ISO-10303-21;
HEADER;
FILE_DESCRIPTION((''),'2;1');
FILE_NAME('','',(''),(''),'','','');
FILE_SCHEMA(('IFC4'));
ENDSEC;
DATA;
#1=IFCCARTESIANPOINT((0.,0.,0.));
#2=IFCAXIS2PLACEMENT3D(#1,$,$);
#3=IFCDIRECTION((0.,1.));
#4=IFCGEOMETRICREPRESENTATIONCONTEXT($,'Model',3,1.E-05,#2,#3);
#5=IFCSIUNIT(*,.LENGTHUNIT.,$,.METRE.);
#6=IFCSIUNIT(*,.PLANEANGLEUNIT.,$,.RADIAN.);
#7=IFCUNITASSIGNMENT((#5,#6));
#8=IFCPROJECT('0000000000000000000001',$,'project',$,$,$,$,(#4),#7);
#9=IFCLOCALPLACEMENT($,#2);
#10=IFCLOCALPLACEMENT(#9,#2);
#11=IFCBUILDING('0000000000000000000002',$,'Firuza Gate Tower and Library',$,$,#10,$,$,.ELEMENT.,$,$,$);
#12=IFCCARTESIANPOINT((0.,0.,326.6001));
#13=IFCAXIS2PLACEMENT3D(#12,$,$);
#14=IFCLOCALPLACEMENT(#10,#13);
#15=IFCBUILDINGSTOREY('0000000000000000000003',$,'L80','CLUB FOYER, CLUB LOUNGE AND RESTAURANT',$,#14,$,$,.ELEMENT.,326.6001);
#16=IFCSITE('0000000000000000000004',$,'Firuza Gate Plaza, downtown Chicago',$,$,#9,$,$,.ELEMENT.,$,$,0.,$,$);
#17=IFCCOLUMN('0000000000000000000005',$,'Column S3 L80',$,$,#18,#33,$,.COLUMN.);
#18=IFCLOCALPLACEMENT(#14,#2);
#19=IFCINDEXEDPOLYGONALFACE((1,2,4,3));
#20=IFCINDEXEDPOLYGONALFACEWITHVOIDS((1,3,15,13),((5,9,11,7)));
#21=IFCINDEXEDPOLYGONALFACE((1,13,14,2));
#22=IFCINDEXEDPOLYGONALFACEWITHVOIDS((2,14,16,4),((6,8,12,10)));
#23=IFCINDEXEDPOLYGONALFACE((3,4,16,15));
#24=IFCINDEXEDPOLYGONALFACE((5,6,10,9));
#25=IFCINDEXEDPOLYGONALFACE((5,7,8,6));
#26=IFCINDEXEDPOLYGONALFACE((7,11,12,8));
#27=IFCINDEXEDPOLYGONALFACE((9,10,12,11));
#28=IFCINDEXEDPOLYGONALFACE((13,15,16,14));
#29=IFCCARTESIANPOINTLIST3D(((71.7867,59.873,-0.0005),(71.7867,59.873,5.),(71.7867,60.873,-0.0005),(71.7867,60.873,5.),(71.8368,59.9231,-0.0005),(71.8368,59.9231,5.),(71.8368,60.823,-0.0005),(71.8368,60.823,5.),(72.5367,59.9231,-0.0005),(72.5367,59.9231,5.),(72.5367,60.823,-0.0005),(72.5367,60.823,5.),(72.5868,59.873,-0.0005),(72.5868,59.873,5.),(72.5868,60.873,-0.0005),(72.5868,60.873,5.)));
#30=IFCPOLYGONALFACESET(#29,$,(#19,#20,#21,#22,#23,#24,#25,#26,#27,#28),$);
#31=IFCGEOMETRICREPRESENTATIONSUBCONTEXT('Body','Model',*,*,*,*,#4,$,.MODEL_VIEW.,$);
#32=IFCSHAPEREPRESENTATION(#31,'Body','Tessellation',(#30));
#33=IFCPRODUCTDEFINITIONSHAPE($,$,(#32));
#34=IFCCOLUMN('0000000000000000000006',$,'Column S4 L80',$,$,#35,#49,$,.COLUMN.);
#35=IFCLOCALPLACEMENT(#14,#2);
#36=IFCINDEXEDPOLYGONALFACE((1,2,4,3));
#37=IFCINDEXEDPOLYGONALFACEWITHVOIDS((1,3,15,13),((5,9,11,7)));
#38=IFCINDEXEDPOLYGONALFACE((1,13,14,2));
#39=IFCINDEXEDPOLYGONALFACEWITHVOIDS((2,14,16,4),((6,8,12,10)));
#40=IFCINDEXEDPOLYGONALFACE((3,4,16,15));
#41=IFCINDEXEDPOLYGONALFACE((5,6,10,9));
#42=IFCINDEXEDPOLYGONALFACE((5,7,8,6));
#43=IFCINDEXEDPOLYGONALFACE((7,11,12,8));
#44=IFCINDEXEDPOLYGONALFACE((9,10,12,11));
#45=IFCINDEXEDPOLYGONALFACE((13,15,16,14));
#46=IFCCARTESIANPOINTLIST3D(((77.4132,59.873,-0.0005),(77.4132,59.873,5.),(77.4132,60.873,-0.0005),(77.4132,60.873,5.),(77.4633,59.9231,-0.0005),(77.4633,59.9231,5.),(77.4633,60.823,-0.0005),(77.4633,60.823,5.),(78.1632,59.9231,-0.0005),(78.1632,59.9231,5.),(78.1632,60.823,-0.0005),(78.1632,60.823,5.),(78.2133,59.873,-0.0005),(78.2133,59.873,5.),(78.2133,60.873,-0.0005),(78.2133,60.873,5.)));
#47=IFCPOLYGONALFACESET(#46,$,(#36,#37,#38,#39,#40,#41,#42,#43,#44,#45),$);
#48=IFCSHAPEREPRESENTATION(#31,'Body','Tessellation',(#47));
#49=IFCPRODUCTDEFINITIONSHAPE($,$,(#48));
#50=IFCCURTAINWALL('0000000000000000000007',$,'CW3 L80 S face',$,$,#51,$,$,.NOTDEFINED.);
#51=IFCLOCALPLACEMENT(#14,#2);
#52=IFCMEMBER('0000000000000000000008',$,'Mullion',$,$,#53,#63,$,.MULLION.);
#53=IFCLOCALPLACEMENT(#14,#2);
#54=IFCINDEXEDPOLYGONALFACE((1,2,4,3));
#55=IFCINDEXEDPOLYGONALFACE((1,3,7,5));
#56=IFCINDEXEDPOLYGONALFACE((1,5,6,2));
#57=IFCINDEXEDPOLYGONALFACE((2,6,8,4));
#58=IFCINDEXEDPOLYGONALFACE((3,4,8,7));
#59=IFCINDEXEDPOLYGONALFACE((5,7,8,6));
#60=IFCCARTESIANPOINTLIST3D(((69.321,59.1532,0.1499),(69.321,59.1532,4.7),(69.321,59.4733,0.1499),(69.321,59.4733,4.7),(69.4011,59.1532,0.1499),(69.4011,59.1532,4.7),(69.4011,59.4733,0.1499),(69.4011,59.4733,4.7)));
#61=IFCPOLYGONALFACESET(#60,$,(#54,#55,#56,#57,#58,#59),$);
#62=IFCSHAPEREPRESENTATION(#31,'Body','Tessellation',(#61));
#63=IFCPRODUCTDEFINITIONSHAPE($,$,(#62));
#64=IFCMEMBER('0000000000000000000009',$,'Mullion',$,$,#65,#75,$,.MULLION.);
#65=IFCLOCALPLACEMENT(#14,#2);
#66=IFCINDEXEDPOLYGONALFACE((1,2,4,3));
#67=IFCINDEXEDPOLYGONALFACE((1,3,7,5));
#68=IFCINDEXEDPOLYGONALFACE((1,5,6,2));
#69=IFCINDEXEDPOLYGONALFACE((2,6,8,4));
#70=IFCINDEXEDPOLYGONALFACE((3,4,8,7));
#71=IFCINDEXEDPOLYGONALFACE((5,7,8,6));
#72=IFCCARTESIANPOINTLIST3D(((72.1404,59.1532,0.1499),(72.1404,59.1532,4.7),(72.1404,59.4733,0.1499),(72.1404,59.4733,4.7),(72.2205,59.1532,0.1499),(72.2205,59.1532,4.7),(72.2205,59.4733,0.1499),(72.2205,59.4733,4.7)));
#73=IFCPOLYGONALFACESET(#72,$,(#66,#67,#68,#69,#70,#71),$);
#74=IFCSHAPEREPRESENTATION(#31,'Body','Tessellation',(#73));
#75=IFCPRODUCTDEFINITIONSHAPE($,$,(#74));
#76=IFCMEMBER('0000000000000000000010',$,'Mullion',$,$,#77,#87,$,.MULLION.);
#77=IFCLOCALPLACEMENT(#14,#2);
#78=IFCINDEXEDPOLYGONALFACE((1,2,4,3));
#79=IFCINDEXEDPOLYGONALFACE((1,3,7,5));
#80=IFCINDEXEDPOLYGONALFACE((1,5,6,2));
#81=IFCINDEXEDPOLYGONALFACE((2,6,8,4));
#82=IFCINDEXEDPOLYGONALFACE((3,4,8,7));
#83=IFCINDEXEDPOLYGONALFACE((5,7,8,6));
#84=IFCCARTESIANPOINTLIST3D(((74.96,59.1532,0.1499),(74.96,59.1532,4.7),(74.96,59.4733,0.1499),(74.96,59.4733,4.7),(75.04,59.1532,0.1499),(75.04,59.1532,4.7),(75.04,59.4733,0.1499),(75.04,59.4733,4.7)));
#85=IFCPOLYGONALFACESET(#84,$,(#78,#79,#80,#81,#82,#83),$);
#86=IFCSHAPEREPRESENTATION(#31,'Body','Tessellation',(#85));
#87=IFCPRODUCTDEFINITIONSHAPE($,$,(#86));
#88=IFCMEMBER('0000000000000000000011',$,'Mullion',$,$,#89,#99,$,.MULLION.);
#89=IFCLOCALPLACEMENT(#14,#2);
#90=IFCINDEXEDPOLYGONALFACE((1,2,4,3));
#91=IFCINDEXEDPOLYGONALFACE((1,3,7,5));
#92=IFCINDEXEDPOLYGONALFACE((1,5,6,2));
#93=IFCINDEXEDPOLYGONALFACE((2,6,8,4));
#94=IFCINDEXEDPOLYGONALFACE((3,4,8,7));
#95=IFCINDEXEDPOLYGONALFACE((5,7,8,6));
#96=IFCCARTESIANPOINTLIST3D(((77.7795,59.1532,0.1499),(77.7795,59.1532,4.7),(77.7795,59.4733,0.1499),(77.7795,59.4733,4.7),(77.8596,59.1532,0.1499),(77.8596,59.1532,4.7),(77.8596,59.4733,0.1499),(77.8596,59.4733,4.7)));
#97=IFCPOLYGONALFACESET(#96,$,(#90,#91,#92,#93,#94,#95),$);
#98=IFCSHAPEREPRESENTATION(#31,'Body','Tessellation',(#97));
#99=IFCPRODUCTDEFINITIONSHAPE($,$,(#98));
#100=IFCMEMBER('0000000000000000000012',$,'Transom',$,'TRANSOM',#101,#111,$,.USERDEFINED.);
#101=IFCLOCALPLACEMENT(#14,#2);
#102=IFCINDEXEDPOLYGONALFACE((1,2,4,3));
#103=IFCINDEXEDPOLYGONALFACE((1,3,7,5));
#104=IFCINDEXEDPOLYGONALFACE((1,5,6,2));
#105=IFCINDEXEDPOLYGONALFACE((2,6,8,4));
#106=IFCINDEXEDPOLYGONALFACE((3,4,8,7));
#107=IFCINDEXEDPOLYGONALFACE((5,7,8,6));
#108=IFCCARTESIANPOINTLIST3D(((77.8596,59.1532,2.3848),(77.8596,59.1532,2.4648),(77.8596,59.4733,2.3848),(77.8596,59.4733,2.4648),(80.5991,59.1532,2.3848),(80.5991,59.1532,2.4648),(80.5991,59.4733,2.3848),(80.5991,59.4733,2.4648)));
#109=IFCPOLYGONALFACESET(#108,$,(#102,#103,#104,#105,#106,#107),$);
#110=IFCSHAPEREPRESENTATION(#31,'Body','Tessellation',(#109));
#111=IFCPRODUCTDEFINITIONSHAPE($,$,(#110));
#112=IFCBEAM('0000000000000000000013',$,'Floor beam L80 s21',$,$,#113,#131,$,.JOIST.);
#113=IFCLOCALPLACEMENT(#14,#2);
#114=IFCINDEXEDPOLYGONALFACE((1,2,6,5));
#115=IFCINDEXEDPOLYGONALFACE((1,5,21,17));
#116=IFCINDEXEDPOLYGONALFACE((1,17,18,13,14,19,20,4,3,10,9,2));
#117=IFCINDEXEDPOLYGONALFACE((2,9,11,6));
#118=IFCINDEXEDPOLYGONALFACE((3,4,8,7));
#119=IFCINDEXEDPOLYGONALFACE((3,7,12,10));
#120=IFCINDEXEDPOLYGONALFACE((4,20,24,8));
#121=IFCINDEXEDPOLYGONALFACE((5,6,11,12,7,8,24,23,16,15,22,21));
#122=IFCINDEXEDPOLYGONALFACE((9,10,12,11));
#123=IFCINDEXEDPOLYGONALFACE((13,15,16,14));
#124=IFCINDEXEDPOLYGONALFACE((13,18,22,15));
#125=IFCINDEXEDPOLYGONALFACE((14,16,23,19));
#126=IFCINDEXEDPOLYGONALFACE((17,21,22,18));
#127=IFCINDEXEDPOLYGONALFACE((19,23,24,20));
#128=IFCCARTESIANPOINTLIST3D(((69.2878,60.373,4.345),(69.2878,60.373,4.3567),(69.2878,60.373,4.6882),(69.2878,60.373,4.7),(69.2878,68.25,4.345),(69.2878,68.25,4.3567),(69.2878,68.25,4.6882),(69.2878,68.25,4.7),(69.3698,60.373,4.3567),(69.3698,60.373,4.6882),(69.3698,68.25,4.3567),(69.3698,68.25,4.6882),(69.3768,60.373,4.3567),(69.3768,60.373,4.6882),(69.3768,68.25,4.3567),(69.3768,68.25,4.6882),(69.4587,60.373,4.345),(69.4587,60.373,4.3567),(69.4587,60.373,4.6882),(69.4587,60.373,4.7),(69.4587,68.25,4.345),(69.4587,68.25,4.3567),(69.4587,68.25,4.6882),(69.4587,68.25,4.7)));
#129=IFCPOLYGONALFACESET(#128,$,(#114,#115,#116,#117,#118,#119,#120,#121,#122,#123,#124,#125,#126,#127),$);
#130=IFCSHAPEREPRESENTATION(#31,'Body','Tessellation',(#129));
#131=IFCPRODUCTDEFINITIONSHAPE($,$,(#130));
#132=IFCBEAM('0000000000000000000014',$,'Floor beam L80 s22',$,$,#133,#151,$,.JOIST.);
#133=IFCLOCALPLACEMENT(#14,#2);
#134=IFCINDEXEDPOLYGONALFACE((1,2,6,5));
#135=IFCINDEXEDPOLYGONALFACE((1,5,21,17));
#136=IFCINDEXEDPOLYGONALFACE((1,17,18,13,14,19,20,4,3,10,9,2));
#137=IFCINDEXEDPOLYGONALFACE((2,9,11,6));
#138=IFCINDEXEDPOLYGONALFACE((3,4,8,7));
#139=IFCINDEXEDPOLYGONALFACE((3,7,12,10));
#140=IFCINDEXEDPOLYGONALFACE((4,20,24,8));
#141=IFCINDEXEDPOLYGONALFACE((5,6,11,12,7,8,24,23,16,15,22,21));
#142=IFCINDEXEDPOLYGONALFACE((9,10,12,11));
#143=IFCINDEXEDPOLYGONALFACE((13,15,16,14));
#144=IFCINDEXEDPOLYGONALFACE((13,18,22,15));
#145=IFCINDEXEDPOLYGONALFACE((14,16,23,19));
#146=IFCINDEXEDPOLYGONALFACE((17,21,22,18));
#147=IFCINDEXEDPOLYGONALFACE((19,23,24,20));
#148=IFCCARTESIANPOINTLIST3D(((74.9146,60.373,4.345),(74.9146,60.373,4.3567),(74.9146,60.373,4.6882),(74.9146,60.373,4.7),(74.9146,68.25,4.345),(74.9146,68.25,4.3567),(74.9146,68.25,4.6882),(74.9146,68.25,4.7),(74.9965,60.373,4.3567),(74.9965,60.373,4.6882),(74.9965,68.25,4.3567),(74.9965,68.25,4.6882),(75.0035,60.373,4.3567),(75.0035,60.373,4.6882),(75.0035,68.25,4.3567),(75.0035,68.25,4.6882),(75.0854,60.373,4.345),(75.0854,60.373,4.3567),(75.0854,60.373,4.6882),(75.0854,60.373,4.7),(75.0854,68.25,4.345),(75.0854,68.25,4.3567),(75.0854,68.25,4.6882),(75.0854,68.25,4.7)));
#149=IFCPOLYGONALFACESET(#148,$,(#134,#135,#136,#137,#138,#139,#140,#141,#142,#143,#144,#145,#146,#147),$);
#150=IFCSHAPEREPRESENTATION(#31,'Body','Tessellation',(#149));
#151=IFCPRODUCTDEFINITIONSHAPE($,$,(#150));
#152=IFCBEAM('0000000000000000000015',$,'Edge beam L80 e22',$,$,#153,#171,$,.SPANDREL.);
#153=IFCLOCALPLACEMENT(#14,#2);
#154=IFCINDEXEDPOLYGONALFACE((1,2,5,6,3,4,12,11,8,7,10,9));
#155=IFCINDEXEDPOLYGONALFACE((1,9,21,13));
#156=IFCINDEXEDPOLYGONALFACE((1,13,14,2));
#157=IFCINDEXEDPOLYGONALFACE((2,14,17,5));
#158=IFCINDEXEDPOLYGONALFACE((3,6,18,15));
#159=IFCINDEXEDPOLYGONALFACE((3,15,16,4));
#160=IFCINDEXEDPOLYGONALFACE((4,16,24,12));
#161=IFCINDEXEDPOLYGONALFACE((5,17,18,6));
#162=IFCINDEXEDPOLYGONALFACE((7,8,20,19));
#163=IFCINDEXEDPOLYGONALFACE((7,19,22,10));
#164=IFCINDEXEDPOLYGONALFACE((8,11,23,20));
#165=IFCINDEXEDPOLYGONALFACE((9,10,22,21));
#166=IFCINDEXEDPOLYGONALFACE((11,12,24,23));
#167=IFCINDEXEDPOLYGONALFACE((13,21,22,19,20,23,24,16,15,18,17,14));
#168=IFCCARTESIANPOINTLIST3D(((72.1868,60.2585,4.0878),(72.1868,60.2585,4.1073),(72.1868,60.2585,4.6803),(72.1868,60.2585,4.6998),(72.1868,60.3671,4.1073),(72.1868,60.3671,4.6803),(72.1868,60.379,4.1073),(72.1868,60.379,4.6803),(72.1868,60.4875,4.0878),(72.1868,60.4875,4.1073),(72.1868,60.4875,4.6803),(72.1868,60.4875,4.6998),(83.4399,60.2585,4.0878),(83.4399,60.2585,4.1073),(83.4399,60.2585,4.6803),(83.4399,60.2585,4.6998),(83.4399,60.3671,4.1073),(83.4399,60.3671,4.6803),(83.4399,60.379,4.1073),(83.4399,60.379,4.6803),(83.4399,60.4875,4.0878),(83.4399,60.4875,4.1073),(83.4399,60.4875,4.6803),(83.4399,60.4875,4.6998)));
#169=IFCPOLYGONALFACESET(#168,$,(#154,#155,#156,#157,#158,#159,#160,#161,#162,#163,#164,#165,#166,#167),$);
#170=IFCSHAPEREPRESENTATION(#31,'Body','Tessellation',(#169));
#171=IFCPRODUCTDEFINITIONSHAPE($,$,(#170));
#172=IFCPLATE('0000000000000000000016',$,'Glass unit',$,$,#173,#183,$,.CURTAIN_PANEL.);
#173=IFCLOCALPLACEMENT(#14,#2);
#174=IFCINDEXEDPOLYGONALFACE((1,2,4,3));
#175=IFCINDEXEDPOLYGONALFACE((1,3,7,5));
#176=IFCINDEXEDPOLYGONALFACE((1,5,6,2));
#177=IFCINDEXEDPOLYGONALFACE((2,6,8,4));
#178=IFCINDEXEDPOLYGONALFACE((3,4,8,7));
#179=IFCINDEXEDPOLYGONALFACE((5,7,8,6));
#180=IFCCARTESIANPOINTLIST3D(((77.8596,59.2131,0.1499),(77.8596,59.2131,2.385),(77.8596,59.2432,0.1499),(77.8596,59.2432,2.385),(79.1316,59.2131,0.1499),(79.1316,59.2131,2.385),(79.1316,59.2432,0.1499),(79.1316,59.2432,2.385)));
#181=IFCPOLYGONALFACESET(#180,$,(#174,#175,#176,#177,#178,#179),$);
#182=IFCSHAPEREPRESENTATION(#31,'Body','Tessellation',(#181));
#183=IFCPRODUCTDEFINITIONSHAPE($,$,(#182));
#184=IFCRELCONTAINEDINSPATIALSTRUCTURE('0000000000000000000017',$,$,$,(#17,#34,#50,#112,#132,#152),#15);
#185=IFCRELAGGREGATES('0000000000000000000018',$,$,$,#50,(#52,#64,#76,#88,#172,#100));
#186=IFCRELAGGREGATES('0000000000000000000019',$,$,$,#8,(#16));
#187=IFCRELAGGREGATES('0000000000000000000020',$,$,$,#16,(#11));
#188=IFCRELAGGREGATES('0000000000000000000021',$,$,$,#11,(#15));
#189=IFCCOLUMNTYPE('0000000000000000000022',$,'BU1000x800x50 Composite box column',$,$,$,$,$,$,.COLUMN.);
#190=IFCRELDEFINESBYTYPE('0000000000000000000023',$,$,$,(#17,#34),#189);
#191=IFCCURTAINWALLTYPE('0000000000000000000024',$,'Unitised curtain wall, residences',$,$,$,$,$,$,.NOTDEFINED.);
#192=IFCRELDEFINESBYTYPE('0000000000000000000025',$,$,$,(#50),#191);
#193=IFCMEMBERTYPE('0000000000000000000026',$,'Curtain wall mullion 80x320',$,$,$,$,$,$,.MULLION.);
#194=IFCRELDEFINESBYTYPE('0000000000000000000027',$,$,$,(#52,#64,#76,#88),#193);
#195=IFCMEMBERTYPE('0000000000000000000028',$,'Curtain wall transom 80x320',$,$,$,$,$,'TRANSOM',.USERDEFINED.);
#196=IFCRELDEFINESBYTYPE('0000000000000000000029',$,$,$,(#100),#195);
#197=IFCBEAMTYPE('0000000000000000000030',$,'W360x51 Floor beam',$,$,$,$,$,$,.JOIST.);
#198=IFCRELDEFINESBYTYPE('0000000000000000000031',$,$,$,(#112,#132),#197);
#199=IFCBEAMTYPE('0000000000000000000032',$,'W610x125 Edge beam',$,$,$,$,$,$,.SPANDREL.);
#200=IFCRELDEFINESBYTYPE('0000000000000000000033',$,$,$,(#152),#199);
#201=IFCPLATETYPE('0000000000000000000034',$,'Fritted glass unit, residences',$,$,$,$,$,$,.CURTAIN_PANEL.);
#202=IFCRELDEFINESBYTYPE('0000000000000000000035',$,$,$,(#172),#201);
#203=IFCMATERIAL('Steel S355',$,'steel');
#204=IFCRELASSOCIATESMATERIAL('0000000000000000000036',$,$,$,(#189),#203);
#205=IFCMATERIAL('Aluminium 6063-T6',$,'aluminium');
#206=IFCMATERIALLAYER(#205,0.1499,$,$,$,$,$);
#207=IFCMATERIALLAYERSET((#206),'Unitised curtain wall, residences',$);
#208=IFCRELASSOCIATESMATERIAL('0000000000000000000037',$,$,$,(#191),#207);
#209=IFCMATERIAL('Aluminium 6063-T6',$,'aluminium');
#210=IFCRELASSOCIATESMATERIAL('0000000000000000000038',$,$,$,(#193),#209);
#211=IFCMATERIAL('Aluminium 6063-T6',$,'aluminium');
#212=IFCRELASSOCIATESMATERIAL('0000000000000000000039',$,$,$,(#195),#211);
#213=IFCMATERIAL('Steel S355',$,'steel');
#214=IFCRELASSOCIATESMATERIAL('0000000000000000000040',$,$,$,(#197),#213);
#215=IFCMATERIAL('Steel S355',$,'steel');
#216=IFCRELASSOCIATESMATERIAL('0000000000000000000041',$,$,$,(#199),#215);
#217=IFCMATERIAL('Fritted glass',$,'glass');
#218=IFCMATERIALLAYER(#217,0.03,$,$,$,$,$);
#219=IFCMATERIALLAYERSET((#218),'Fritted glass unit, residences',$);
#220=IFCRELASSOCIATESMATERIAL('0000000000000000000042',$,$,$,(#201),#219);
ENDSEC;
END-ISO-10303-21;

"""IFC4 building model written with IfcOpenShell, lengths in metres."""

from ifc_helpers import new_model, si_unit, direction, frame, origin, origin_2d, place, context, subcontext, project, spatial, polyline, rectangle, hollow_rectangle, i_section, outline, extrude, material, layer, layer_set, material_profile, profile_set, type_object, element, aggregate, save


model = new_model("IFC4")

# Units and contexts
model_context = context("Model", 3, precision=1e-05, world=origin(), true_north=direction((0.0, 1.0)))
body_context = subcontext(model_context, "Body", "Model", "MODEL_VIEW")
ifc_project = project(units=[si_unit("LENGTHUNIT", "METRE"), si_unit("PLANEANGLEUNIT", "RADIAN")], contexts=[model_context])

# Site, building, storey
site_placement = place(None, origin())
site = spatial("IfcSite", under=ifc_project, at=site_placement, Name="Firuza Gate Plaza, downtown Chicago", CompositionType="ELEMENT", RefElevation=0.0)
building_placement = place(site_placement, origin())
building = spatial("IfcBuilding", under=site, at=building_placement, Name="Firuza Gate Tower and Library", CompositionType="ELEMENT")
storey_placement = place(building_placement, frame((0.0, 0.0, 326.6001)))
storey = spatial("IfcBuildingStorey", under=building, at=storey_placement, Name="L80", Description="CLUB FOYER, CLUB LOUNGE AND RESTAURANT", CompositionType="ELEMENT", Elevation=326.6001)

# Columns
ifc_material_1 = material(Name="Steel S355", Category="steel")
ifc_material_profile_1 = material_profile(ifc_material_1, hollow_rectangle(XDim=0.8, YDim=1.0, WallThickness=0.05, at=origin_2d()))
ifc_profile_set_1 = profile_set([ifc_material_profile_1], Name="Steel S355")
column_type = type_object("IfcColumnType", Name="BU1000x800x50 Composite box column", PredefinedType="COLUMN", material=ifc_profile_set_1)
for number, where, z_axis, x_axis, name in (
    (1, (72.1868, 60.373, -0.0005), (0.0, 0.0, 1.0), (1.0, 0.0, 0.0), "Column S3 L80"),
    (2, (77.8132, 60.373, -0.0005), (0.0, 0.0, 1.0), (1.0, 0.0, 0.0), "Column S4 L80"),
):
    element("IfcColumn", number, at=place(storey_placement, frame(where, z_axis=z_axis, x_axis=x_axis)), inside=storey, type_object=column_type, Name=name, PredefinedType="COLUMN", context=body_context, shape_type="SweptSolid", body=[
        extrude(hollow_rectangle(XDim=0.8, YDim=1.0, WallThickness=0.05, at=origin_2d()), origin(), (0.0, 0.0, 1.0), 5.0005),
    ])

# Curtain wall, members
ifc_material_2 = material(Name="Aluminium 6063-T6", Category="aluminium")
ifc_layer_1 = layer(ifc_material_2, 0.1499)
ifc_layer_set_1 = layer_set([ifc_layer_1], Name="Unitised curtain wall, residences")
curtain_wall_type = type_object("IfcCurtainWallType", Name="Unitised curtain wall, residences", PredefinedType="NOTDEFINED", material=ifc_layer_set_1)
curtain_wall_placement = place(storey_placement, origin())
curtain_wall = element("IfcCurtainWall", 3, at=curtain_wall_placement, inside=storey, type_object=curtain_wall_type, Name="CW3 L80 S face", PredefinedType="NOTDEFINED")
ifc_material_3 = material(Name="Aluminium 6063-T6", Category="aluminium")
ifc_material_profile_2 = material_profile(ifc_material_3, rectangle(XDim=0.3201, YDim=0.0801, at=origin_2d()))
ifc_profile_set_2 = profile_set([ifc_material_profile_2], Name="Aluminium 6063-T6")
member_type_1 = type_object("IfcMemberType", Name="Curtain wall mullion 80x320", PredefinedType="MULLION", material=ifc_profile_set_2)
member_1_placement = place(storey_placement, frame((69.3611, 59.3132, 0.1499), z_axis=(0.0, 0.0, 1.0), x_axis=(0.0, 1.0, 0.0)))
member_1 = element("IfcMember", 4, at=member_1_placement, type_object=member_type_1, Name="Mullion", PredefinedType="MULLION", context=body_context, shape_type="SweptSolid", body=[
    extrude(rectangle(XDim=0.3201, YDim=0.0801, at=origin_2d()), origin(), (0.0, 0.0, 1.0), 4.55),
])
member_2_placement = place(storey_placement, frame((72.1804, 59.3132, 0.1499), z_axis=(0.0, 0.0, 1.0), x_axis=(0.0, 1.0, 0.0)))
member_2 = element("IfcMember", 5, at=member_2_placement, type_object=member_type_1, Name="Mullion", PredefinedType="MULLION", context=body_context, shape_type="SweptSolid", body=[
    extrude(rectangle(XDim=0.3201, YDim=0.0801, at=origin_2d()), origin(), (0.0, 0.0, 1.0), 4.55),
])
member_3_placement = place(storey_placement, frame((75.0, 59.3132, 0.1499), z_axis=(0.0, 0.0, 1.0), x_axis=(0.0, 1.0, 0.0)))
member_3 = element("IfcMember", 6, at=member_3_placement, type_object=member_type_1, Name="Mullion", PredefinedType="MULLION", context=body_context, shape_type="SweptSolid", body=[
    extrude(rectangle(XDim=0.3201, YDim=0.0801, at=origin_2d()), origin(), (0.0, 0.0, 1.0), 4.55),
])
member_4_placement = place(storey_placement, frame((77.8196, 59.3132, 0.1499), z_axis=(0.0, 0.0, 1.0), x_axis=(0.0, 1.0, 0.0)))
member_4 = element("IfcMember", 7, at=member_4_placement, type_object=member_type_1, Name="Mullion", PredefinedType="MULLION", context=body_context, shape_type="SweptSolid", body=[
    extrude(rectangle(XDim=0.3201, YDim=0.0801, at=origin_2d()), origin(), (0.0, 0.0, 1.0), 4.55),
])
ifc_material_4 = material(Name="Aluminium 6063-T6", Category="aluminium")
ifc_material_profile_3 = material_profile(ifc_material_4, rectangle(XDim=0.3201, YDim=0.0801, at=origin_2d()))
ifc_profile_set_3 = profile_set([ifc_material_profile_3], Name="Aluminium 6063-T6")
member_type_2 = type_object("IfcMemberType", Name="Curtain wall transom 80x320", ElementType="TRANSOM", PredefinedType="USERDEFINED", material=ifc_profile_set_3)
member_5_placement = place(storey_placement, frame((77.8596, 59.3132, 2.4248), z_axis=(1.0, 0.0, 0.0), x_axis=(0.0, 1.0, 0.0)))
member_5 = element("IfcMember", 8, at=member_5_placement, type_object=member_type_2, Name="Transom", ObjectType="TRANSOM", PredefinedType="USERDEFINED", context=body_context, shape_type="SweptSolid", body=[
    extrude(rectangle(XDim=0.3201, YDim=0.0801, at=origin_2d()), origin(), (0.0, 0.0, 1.0), 2.7395),
])

# Beams
ifc_material_5 = material(Name="Steel S355", Category="steel")
ifc_material_profile_4 = material_profile(ifc_material_5, i_section(OverallWidth=0.1709, OverallDepth=0.355, WebThickness=0.0071, FlangeThickness=0.0117, at=origin_2d()))
ifc_profile_set_4 = profile_set([ifc_material_profile_4], Name="Steel S355")
beam_type_1 = type_object("IfcBeamType", Name="W360x51 Floor beam", PredefinedType="JOIST", material=ifc_profile_set_4)
for number, where, z_axis, x_axis, name in (
    (9, (69.3733, 60.373, 4.5225), (0.0, 1.0, 0.0), (-1.0, 0.0, 0.0), "Floor beam L80 s21"),
    (10, (75.0, 60.373, 4.5225), (0.0, 1.0, 0.0), (-1.0, 0.0, 0.0), "Floor beam L80 s22"),
):
    element("IfcBeam", number, at=place(storey_placement, frame(where, z_axis=z_axis, x_axis=x_axis)), inside=storey, type_object=beam_type_1, Name=name, PredefinedType="JOIST", context=body_context, shape_type="SweptSolid", body=[
        extrude(i_section(OverallWidth=0.1709, OverallDepth=0.355, WebThickness=0.0071, FlangeThickness=0.0117, at=origin_2d()), origin(), (0.0, 0.0, 1.0), 7.877),
    ])
ifc_material_6 = material(Name="Steel S355", Category="steel")
ifc_material_profile_5 = material_profile(ifc_material_6, i_section(OverallWidth=0.229, OverallDepth=0.6121, WebThickness=0.012, FlangeThickness=0.0195, at=origin_2d()))
ifc_profile_set_5 = profile_set([ifc_material_profile_5], Name="Steel S355")
beam_type_2 = type_object("IfcBeamType", Name="W610x125 Edge beam", PredefinedType="SPANDREL", material=ifc_profile_set_5)
beam_placement = place(storey_placement, frame((72.1868, 60.373, 4.3938), z_axis=(1.0, 0.0, 0.0), x_axis=(0.0, 1.0, 0.0)))
element("IfcBeam", 11, at=beam_placement, inside=storey, type_object=beam_type_2, Name="Edge beam L80 e22", PredefinedType="SPANDREL", context=body_context, shape_type="SweptSolid", body=[
    extrude(i_section(OverallWidth=0.229, OverallDepth=0.6121, WebThickness=0.012, FlangeThickness=0.0195, at=origin_2d()), origin(), (0.0, 0.0, 1.0), 11.2532),
])

# Plate
ifc_material_7 = material(Name="Fritted glass", Category="glass")
ifc_layer_2 = layer(ifc_material_7, 0.03)
ifc_layer_set_2 = layer_set([ifc_layer_2], Name="Fritted glass unit, residences")
plate_type_1 = type_object("IfcPlateType", Name="Fritted glass unit, residences", PredefinedType="CURTAIN_PANEL", material=ifc_layer_set_2)
plate_1_placement = place(storey_placement, frame((77.8596, 59.2131, 0.1499), z_axis=(0.0, -1.0, 0.0), x_axis=(1.0, 0.0, 0.0)))
plate_1 = element("IfcPlate", 12, at=plate_1_placement, type_object=plate_type_1, Name="Glass unit", PredefinedType="CURTAIN_PANEL", context=body_context, shape_type="SweptSolid", body=[
    extrude(outline(polyline([(0.0, 0.0), (1.272, 0.0), (1.272, 2.2351), (0.0, 2.2351), (0.0, 0.0)])), origin(), (0.0, 0.0, -1.0), 0.03),
])
aggregate(curtain_wall, [member_1, member_2, member_3, member_4, plate_1, member_5])

save(model, "model.ifc")
